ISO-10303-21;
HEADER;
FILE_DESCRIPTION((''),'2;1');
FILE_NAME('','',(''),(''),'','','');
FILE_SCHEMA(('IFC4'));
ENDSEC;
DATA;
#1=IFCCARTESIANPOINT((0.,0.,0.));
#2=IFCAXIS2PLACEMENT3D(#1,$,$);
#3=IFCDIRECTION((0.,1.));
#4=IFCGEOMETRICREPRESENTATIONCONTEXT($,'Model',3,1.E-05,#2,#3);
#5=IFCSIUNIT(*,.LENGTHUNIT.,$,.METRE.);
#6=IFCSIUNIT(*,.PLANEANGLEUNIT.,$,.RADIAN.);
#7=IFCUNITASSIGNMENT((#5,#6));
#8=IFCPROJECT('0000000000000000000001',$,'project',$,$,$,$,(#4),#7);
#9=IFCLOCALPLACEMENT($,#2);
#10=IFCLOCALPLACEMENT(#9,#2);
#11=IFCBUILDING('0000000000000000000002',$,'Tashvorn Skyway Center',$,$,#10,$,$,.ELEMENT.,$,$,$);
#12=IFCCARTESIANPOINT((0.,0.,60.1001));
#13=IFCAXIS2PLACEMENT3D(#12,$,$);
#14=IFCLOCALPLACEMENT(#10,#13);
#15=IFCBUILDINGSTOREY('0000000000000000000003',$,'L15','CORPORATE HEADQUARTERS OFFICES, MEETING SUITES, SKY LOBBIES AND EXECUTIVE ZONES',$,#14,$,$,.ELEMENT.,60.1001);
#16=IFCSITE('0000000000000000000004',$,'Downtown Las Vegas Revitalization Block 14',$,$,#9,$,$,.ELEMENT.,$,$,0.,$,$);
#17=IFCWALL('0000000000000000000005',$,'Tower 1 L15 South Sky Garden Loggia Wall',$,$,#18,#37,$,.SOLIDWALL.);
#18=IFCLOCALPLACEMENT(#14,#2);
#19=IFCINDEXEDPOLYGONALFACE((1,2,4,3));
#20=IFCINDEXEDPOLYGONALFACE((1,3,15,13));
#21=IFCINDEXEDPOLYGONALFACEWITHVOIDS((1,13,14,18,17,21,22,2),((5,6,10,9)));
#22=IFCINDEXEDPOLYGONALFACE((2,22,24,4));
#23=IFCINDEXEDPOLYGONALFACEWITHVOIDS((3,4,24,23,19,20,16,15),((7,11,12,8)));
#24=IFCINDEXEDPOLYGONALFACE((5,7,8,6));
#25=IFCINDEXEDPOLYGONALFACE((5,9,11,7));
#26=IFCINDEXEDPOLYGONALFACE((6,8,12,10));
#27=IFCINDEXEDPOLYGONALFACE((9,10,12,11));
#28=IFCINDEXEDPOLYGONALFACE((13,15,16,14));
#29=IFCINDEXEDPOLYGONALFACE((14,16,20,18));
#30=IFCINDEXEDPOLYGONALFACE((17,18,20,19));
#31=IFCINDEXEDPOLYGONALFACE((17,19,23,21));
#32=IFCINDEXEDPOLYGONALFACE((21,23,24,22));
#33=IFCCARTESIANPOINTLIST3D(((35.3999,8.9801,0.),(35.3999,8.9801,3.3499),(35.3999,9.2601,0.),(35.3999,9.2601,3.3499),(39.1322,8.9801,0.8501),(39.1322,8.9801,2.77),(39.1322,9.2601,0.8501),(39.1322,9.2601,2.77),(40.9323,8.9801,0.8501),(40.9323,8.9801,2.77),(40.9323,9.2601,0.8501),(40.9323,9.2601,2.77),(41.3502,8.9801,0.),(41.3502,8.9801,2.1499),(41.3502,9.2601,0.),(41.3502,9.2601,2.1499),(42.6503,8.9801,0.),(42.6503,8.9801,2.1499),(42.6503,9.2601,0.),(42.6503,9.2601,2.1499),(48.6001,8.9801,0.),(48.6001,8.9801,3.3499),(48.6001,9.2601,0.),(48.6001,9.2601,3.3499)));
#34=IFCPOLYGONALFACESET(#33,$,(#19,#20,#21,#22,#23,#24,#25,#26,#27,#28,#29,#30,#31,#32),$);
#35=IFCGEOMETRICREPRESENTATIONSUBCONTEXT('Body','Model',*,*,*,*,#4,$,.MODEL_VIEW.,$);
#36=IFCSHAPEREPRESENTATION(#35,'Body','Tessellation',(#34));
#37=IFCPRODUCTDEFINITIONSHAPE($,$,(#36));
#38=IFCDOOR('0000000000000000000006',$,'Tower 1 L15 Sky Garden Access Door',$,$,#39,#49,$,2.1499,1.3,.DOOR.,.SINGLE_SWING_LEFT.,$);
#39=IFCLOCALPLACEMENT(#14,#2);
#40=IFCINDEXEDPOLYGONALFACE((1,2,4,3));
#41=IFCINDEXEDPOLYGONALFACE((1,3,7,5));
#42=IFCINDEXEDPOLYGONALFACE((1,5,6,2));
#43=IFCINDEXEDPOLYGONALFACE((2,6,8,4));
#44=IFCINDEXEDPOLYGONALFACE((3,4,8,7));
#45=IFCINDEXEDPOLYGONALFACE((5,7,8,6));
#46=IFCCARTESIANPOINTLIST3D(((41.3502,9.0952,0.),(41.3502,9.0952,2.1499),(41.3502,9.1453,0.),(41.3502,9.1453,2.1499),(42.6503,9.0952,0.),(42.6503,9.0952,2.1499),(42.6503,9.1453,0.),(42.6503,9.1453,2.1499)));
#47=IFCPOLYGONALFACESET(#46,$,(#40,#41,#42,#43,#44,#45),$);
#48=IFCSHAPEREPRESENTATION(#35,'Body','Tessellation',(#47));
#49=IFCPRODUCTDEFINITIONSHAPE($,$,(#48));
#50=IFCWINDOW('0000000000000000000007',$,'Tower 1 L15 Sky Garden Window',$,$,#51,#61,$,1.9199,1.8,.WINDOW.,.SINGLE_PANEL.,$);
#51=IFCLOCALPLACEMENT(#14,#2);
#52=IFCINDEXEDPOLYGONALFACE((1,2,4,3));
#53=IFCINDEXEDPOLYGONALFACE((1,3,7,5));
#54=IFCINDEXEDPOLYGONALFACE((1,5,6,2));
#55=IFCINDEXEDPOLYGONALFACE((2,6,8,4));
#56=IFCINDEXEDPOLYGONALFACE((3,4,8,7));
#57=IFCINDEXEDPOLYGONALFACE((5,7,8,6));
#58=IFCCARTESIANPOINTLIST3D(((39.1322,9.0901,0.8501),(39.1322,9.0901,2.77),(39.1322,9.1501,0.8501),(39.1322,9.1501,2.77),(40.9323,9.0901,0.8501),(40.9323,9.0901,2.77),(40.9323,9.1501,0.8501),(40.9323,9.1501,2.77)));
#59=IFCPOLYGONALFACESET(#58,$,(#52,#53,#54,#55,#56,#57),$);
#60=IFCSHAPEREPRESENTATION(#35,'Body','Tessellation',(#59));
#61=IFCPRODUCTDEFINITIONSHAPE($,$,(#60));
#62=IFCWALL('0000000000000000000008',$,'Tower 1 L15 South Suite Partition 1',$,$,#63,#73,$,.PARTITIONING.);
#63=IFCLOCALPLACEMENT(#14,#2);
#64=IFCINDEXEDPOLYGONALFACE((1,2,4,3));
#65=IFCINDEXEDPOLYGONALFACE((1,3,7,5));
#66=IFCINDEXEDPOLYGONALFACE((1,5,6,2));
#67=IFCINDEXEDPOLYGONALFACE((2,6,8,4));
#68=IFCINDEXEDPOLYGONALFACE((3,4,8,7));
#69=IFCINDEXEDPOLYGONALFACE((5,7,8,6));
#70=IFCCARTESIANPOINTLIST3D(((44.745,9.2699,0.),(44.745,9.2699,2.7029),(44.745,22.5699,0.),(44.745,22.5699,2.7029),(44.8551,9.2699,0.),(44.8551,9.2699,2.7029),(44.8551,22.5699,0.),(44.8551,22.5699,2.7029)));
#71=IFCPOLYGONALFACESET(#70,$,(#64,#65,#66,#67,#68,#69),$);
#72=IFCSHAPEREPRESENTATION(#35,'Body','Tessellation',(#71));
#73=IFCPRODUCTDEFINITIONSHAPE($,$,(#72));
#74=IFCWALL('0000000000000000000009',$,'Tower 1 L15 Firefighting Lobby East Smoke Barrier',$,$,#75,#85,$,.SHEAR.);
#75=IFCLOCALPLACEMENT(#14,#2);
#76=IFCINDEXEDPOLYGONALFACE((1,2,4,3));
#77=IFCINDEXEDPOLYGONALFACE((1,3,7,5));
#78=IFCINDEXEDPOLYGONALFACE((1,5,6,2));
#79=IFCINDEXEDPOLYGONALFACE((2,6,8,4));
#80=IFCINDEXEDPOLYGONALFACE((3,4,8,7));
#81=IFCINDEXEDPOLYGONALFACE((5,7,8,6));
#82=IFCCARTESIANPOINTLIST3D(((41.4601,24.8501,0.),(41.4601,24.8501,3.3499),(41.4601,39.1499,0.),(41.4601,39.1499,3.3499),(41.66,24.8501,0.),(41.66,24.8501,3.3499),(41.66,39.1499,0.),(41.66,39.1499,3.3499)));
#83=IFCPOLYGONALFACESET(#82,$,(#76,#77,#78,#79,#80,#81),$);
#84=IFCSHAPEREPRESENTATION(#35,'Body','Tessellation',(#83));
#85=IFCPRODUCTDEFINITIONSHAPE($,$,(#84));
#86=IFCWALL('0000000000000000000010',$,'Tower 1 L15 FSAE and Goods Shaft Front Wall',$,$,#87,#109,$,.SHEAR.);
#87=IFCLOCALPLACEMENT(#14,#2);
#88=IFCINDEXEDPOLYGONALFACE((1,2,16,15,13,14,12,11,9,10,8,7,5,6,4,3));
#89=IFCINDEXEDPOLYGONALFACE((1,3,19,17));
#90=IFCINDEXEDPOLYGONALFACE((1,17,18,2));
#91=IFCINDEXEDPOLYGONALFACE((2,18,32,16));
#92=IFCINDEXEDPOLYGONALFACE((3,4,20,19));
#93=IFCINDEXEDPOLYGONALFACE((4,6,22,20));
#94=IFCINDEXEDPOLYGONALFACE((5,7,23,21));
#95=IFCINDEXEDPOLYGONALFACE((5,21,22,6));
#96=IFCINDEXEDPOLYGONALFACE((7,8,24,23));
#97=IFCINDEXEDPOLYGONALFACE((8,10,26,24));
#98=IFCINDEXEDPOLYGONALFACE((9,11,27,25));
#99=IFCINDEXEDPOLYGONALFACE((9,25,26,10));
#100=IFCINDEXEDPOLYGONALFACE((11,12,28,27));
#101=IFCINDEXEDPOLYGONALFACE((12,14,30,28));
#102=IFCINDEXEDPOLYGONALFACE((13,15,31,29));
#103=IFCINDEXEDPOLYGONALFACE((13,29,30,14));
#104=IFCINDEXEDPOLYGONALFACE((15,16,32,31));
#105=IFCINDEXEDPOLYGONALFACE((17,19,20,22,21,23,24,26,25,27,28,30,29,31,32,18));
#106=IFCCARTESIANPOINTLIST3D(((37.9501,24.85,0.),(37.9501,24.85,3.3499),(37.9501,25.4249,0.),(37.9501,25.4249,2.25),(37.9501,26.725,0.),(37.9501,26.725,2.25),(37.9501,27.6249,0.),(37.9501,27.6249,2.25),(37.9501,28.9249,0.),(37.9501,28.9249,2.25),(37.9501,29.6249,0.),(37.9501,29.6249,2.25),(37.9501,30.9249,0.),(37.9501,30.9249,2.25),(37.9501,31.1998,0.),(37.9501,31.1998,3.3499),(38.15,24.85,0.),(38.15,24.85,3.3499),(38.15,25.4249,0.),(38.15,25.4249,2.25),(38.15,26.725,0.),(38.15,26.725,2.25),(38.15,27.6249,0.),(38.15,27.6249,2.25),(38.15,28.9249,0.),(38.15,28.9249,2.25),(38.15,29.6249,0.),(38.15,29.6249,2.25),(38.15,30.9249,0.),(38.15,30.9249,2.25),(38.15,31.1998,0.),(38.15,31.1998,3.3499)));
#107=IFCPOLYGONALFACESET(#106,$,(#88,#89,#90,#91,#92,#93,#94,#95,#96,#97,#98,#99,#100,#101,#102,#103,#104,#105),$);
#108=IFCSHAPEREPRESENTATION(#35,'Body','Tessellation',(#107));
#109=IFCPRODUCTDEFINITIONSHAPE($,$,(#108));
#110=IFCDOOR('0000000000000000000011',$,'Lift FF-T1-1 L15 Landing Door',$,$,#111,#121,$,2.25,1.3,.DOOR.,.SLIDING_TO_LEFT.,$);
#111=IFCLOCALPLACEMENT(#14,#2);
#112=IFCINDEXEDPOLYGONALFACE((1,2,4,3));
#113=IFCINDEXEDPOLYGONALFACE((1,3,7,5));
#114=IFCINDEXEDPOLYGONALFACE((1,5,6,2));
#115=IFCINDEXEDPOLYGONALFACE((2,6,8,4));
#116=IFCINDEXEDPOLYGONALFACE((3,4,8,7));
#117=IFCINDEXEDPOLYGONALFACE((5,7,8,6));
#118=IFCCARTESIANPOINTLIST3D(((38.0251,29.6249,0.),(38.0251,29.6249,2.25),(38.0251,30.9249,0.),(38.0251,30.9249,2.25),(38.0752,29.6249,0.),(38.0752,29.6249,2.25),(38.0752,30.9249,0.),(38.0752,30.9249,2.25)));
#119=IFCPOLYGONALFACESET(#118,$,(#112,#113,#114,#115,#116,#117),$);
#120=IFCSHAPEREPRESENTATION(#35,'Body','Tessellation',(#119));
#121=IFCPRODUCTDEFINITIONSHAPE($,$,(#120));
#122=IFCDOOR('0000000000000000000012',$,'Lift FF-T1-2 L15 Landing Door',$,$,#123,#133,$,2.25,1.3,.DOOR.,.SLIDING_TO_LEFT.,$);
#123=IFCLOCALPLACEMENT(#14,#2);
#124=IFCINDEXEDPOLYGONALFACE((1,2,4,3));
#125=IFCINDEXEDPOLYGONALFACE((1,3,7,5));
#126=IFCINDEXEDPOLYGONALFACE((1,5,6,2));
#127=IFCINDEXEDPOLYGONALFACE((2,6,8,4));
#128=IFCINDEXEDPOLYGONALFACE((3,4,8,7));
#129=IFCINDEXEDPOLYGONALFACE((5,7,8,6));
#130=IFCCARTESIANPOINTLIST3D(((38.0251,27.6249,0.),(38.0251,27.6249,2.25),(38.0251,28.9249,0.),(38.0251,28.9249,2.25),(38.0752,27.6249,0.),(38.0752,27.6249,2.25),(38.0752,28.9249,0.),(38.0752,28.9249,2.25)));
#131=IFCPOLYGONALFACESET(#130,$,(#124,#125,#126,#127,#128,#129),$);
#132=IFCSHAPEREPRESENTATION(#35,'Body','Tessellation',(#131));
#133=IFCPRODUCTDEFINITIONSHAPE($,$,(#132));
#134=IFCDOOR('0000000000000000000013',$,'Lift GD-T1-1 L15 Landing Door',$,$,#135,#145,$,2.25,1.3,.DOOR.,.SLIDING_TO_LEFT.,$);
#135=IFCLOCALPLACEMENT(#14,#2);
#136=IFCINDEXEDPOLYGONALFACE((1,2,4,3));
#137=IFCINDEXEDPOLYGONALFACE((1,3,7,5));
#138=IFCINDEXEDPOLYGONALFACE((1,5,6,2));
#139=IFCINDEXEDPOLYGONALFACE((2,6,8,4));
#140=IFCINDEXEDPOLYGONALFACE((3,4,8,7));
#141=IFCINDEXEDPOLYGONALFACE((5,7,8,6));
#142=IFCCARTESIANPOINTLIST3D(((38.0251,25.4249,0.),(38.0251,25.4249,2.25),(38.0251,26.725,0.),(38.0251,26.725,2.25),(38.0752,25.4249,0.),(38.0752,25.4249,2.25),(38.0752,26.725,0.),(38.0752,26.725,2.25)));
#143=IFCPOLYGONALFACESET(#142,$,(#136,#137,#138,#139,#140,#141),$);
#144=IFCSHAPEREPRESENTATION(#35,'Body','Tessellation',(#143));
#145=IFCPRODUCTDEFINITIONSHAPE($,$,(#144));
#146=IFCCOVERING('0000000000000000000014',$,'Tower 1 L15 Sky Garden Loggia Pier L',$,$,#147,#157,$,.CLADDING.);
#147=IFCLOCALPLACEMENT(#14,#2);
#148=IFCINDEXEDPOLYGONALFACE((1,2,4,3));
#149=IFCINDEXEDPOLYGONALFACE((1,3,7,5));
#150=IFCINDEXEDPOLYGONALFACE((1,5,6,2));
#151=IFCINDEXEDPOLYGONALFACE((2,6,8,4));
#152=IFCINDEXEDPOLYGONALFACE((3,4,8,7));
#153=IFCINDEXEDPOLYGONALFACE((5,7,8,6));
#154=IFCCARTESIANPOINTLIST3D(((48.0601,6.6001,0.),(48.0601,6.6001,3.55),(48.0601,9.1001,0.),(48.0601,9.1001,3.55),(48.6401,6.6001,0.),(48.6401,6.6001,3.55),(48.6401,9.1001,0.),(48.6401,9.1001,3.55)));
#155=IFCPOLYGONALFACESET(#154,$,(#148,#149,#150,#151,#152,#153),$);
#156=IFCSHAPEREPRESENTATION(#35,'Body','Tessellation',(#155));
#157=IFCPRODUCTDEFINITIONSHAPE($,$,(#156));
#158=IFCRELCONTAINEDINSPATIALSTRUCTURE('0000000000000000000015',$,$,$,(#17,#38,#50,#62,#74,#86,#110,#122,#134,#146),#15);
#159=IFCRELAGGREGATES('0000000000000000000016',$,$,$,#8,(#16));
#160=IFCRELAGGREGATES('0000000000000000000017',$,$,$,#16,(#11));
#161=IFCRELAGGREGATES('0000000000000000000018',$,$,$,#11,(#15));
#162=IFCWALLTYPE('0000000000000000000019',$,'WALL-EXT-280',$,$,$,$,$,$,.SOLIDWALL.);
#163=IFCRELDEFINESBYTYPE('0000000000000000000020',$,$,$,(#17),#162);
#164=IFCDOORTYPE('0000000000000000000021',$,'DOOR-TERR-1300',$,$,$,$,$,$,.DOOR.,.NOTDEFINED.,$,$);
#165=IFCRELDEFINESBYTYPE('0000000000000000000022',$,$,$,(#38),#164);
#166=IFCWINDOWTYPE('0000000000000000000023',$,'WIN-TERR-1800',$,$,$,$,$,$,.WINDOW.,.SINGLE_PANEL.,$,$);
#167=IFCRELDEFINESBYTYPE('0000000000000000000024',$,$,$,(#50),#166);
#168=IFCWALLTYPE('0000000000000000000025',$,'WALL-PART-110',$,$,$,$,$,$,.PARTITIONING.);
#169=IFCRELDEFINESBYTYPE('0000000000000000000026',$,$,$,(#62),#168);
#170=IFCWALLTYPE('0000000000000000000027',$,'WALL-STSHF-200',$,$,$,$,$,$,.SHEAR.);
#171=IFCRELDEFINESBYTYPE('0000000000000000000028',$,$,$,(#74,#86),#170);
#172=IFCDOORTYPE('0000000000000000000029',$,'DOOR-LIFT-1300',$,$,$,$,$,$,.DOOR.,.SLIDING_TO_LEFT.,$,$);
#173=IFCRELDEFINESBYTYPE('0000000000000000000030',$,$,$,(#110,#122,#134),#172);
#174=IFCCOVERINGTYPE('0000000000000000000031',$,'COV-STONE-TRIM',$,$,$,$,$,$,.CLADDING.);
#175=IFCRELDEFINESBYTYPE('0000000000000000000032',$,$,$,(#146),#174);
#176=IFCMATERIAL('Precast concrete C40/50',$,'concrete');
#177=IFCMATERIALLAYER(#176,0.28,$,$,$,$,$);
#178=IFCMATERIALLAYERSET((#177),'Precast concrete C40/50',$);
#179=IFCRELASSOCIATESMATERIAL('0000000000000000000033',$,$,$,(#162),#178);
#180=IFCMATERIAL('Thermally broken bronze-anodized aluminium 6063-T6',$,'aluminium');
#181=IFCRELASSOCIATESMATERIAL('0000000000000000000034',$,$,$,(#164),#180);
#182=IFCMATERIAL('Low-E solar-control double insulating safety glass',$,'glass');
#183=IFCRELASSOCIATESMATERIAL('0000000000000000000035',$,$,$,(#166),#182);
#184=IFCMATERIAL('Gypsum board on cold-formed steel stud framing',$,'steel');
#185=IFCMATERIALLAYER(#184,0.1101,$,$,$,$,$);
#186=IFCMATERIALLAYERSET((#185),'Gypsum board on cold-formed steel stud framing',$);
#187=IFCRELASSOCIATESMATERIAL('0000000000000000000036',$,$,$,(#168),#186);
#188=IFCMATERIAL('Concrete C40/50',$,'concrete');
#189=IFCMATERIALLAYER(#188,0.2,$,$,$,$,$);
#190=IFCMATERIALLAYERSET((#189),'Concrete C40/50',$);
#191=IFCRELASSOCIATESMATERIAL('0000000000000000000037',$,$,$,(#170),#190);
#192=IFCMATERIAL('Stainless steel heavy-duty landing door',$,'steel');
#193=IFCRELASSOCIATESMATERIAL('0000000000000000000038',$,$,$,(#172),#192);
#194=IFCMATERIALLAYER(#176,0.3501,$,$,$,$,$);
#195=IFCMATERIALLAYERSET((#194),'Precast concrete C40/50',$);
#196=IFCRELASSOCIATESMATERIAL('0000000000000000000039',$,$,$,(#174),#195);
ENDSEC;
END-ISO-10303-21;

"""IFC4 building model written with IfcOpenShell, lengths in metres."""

from ifc_helpers import new_model, si_unit, direction, frame, frame_2d, origin, origin_2d, place, context, subcontext, project, spatial, rectangle, extrude, material, layer, layer_set, type_object, element, fill, save


model = new_model("IFC4")

# Units and contexts
model_context = context("Model", 3, precision=1e-05, world=origin(), true_north=direction((0.0, 1.0)))
body_context = subcontext(model_context, "Body", "Model", "MODEL_VIEW")
ifc_project = project(units=[si_unit("LENGTHUNIT", "METRE"), si_unit("PLANEANGLEUNIT", "RADIAN")], contexts=[model_context])

# Site, building, storey
site_placement = place(None, origin())
site = spatial("IfcSite", under=ifc_project, at=site_placement, Name="Downtown Las Vegas Revitalization Block 14", CompositionType="ELEMENT", RefElevation=0.0)
building_placement = place(site_placement, origin())
building = spatial("IfcBuilding", under=site, at=building_placement, Name="Tashvorn Skyway Center", CompositionType="ELEMENT")
storey_placement = place(building_placement, frame((0.0, 0.0, 60.1001)))
storey = spatial("IfcBuildingStorey", under=building, at=storey_placement, Name="L15", Description="CORPORATE HEADQUARTERS OFFICES, MEETING SUITES, SKY LOBBIES AND EXECUTIVE ZONES", CompositionType="ELEMENT", Elevation=60.1001)

# Shared definitions
ifc_material_1 = material(Name="Thermally broken bronze-anodized aluminium 6063-T6", Category="aluminium")

# Wall, openings, door, window
ifc_material_2 = material(Name="Precast concrete C40/50", Category="concrete")
ifc_layer_1 = layer(ifc_material_2, 0.28)
ifc_layer_set_1 = layer_set([ifc_layer_1], Name="Precast concrete C40/50")
wall_type_1 = type_object("IfcWallType", Name="WALL-EXT-280", PredefinedType="SOLIDWALL", material=ifc_layer_set_1)
wall_1_placement = place(storey_placement, frame((48.6001, 9.1201, 0.0), z_axis=(0.0, 0.0, 1.0), x_axis=(-1.0, 0.0, 0.0)))
wall_1 = element("IfcWall", 1, at=wall_1_placement, inside=storey, type_object=wall_type_1, Name="Tower 1 L15 South Sky Garden Loggia Wall", PredefinedType="SOLIDWALL", context=body_context, shape_type="SweptSolid", body=[
    extrude(rectangle(XDim=13.2002, YDim=0.28, at=frame_2d((6.6001, 0.0))), origin(), (0.0, 0.0, 1.0), 3.3499),
])
opening_1_placement = place(wall_1_placement, frame((5.95, 0.0, 0.0)))
opening_1 = element("IfcOpeningElement", 2, at=opening_1_placement, cuts=wall_1, PredefinedType="OPENING", context=body_context, shape_type="SweptSolid", body=[
    extrude(rectangle(XDim=1.3, YDim=2.1499, at=frame_2d((0.6499, 1.075))), frame((0.0, 0.1499, 0.0), z_axis=(0.0, -1.0, 0.0), x_axis=(1.0, 0.0, 0.0)), (0.0, 0.0, 1.0), 0.3),
])
opening_2_placement = place(wall_1_placement, frame((7.668, 0.0, 0.8501)))
opening_2 = element("IfcOpeningElement", 3, at=opening_2_placement, cuts=wall_1, PredefinedType="OPENING", context=body_context, shape_type="SweptSolid", body=[
    extrude(rectangle(XDim=1.8, YDim=1.9199, at=frame_2d((0.8999, 0.96))), frame((0.0, 0.1499, 0.0), z_axis=(0.0, -1.0, 0.0), x_axis=(1.0, 0.0, 0.0)), (0.0, 0.0, 1.0), 0.3),
])
door_type_1 = type_object("IfcDoorType", Name="DOOR-TERR-1300", OperationType="NOTDEFINED", PredefinedType="DOOR", material=ifc_material_1)
door_1_placement = place(opening_1_placement, origin())
door_1 = element("IfcDoor", 4, at=door_1_placement, inside=storey, type_object=door_type_1, Name="Tower 1 L15 Sky Garden Access Door", OperationType="SINGLE_SWING_LEFT", OverallHeight=2.1499, OverallWidth=1.3, PredefinedType="DOOR", context=body_context, shape_type="SweptSolid", body=[
    extrude(rectangle(XDim=1.3, YDim=2.1499, at=frame_2d((0.6499, 1.075))), frame((0.0, 0.0249, 0.0), z_axis=(0.0, -1.0, 0.0), x_axis=(1.0, 0.0, 0.0)), (0.0, 0.0, 1.0), 0.05),
])
fill(opening_1, door_1)
ifc_material_3 = material(Name="Low-E solar-control double insulating safety glass", Category="glass")
window_type = type_object("IfcWindowType", Name="WIN-TERR-1800", PartitioningType="SINGLE_PANEL", PredefinedType="WINDOW", material=ifc_material_3)
window_placement = place(opening_2_placement, origin())
window = element("IfcWindow", 5, at=window_placement, inside=storey, type_object=window_type, Name="Tower 1 L15 Sky Garden Window", OverallHeight=1.9199, OverallWidth=1.8, PartitioningType="SINGLE_PANEL", PredefinedType="WINDOW", context=body_context, shape_type="SweptSolid", body=[
    extrude(rectangle(XDim=1.8, YDim=1.9199, at=frame_2d((0.8999, 0.96))), frame((0.0, 0.03, 0.0), z_axis=(0.0, -1.0, 0.0), x_axis=(1.0, 0.0, 0.0)), (0.0, 0.0, 1.0), 0.0601),
])
fill(opening_2, window)

# Walls
ifc_material_4 = material(Name="Gypsum board on cold-formed steel stud framing", Category="steel")
ifc_layer_2 = layer(ifc_material_4, 0.1101)
ifc_layer_set_2 = layer_set([ifc_layer_2], Name="Gypsum board on cold-formed steel stud framing")
wall_type_2 = type_object("IfcWallType", Name="WALL-PART-110", PredefinedType="PARTITIONING", material=ifc_layer_set_2)
wall_2_placement = place(storey_placement, frame((44.8, 9.27, 0.0), z_axis=(0.0, 0.0, 1.0), x_axis=(0.0, 1.0, 0.0)))
element("IfcWall", 6, at=wall_2_placement, inside=storey, type_object=wall_type_2, Name="Tower 1 L15 South Suite Partition 1", PredefinedType="PARTITIONING", context=body_context, shape_type="SweptSolid", body=[
    extrude(rectangle(XDim=13.3, YDim=0.1101, at=frame_2d((6.6499, 0.0))), origin(), (0.0, 0.0, 1.0), 2.7029),
])
ifc_material_5 = material(Name="Concrete C40/50", Category="concrete")
ifc_layer_3 = layer(ifc_material_5, 0.2)
ifc_layer_set_3 = layer_set([ifc_layer_3], Name="Concrete C40/50")
wall_type_3 = type_object("IfcWallType", Name="WALL-STSHF-200", PredefinedType="SHEAR", material=ifc_layer_set_3)
wall_3_placement = place(storey_placement, frame((41.5601, 24.8501, 0.0), z_axis=(0.0, 0.0, 1.0), x_axis=(0.0, 1.0, 0.0)))
element("IfcWall", 7, at=wall_3_placement, inside=storey, type_object=wall_type_3, Name="Tower 1 L15 Firefighting Lobby East Smoke Barrier", PredefinedType="SHEAR", context=body_context, shape_type="SweptSolid", body=[
    extrude(rectangle(XDim=14.2998, YDim=0.2, at=frame_2d((7.1499, 0.0))), origin(), (0.0, 0.0, 1.0), 3.3499),
])

# Wall, openings, doors
wall_4_placement = place(storey_placement, frame((38.05, 24.8501, 0.0), z_axis=(0.0, 0.0, 1.0), x_axis=(0.0, 1.0, 0.0)))
wall_4 = element("IfcWall", 8, at=wall_4_placement, inside=storey, type_object=wall_type_3, Name="Tower 1 L15 FSAE and Goods Shaft Front Wall", PredefinedType="SHEAR", context=body_context, shape_type="SweptSolid", body=[
    extrude(rectangle(XDim=6.3499, YDim=0.2, at=frame_2d((3.1748, 0.0))), origin(), (0.0, 0.0, 1.0), 3.3499),
])
opening_3_placement = place(wall_4_placement, frame((4.7749, 0.0, 0.0)))
opening_3 = element("IfcOpeningElement", 9, at=opening_3_placement, cuts=wall_4, PredefinedType="OPENING", context=body_context, shape_type="SweptSolid", body=[
    extrude(rectangle(XDim=1.3, YDim=2.25, at=frame_2d((0.6499, 1.125))), frame((0.0, 0.1099, 0.0), z_axis=(0.0, -1.0, 0.0), x_axis=(1.0, 0.0, 0.0)), (0.0, 0.0, 1.0), 0.22),
])
opening_4_placement = place(wall_4_placement, frame((2.7749, 0.0, 0.0)))
opening_4 = element("IfcOpeningElement", 10, at=opening_4_placement, cuts=wall_4, PredefinedType="OPENING", context=body_context, shape_type="SweptSolid", body=[
    extrude(rectangle(XDim=1.3, YDim=2.25, at=frame_2d((0.6499, 1.125))), frame((0.0, 0.1099, 0.0), z_axis=(0.0, -1.0, 0.0), x_axis=(1.0, 0.0, 0.0)), (0.0, 0.0, 1.0), 0.22),
])
opening_5_placement = place(wall_4_placement, frame((0.575, 0.0, 0.0)))
opening_5 = element("IfcOpeningElement", 11, at=opening_5_placement, cuts=wall_4, PredefinedType="OPENING", context=body_context, shape_type="SweptSolid", body=[
    extrude(rectangle(XDim=1.3, YDim=2.25, at=frame_2d((0.6499, 1.125))), frame((0.0, 0.1099, 0.0), z_axis=(0.0, -1.0, 0.0), x_axis=(1.0, 0.0, 0.0)), (0.0, 0.0, 1.0), 0.22),
])
ifc_material_6 = material(Name="Stainless steel heavy-duty landing door", Category="steel")
door_type_2 = type_object("IfcDoorType", Name="DOOR-LIFT-1300", OperationType="SLIDING_TO_LEFT", PredefinedType="DOOR", material=ifc_material_6)
door_2_placement = place(opening_3_placement, origin())
door_2 = element("IfcDoor", 12, at=door_2_placement, inside=storey, type_object=door_type_2, Name="Lift FF-T1-1 L15 Landing Door", OperationType="SLIDING_TO_LEFT", OverallHeight=2.25, OverallWidth=1.3, PredefinedType="DOOR", context=body_context, shape_type="SweptSolid", body=[
    extrude(rectangle(XDim=1.3, YDim=2.25, at=frame_2d((0.6499, 1.125))), frame((0.0, 0.0249, 0.0), z_axis=(0.0, -1.0, 0.0), x_axis=(1.0, 0.0, 0.0)), (0.0, 0.0, 1.0), 0.05),
])
fill(opening_3, door_2)
door_3_placement = place(opening_4_placement, origin())
door_3 = element("IfcDoor", 13, at=door_3_placement, inside=storey, type_object=door_type_2, Name="Lift FF-T1-2 L15 Landing Door", OperationType="SLIDING_TO_LEFT", OverallHeight=2.25, OverallWidth=1.3, PredefinedType="DOOR", context=body_context, shape_type="SweptSolid", body=[
    extrude(rectangle(XDim=1.3, YDim=2.25, at=frame_2d((0.6499, 1.125))), frame((0.0, 0.0249, 0.0), z_axis=(0.0, -1.0, 0.0), x_axis=(1.0, 0.0, 0.0)), (0.0, 0.0, 1.0), 0.05),
])
fill(opening_4, door_3)
door_4_placement = place(opening_5_placement, origin())
door_4 = element("IfcDoor", 14, at=door_4_placement, inside=storey, type_object=door_type_2, Name="Lift GD-T1-1 L15 Landing Door", OperationType="SLIDING_TO_LEFT", OverallHeight=2.25, OverallWidth=1.3, PredefinedType="DOOR", context=body_context, shape_type="SweptSolid", body=[
    extrude(rectangle(XDim=1.3, YDim=2.25, at=frame_2d((0.6499, 1.125))), frame((0.0, 0.0249, 0.0), z_axis=(0.0, -1.0, 0.0), x_axis=(1.0, 0.0, 0.0)), (0.0, 0.0, 1.0), 0.05),
])
fill(opening_5, door_4)

# Covering
ifc_layer_4 = layer(ifc_material_2, 0.3501)
ifc_layer_set_4 = layer_set([ifc_layer_4], Name="Precast concrete C40/50")
covering_type = type_object("IfcCoveringType", Name="COV-STONE-TRIM", PredefinedType="CLADDING", material=ifc_layer_set_4)
covering_1_placement = place(storey_placement, frame((48.3501, 7.8501, 0.0), z_axis=(0.0, 0.0, 1.0), x_axis=(-1.0, 0.0, 0.0)))
element("IfcCovering", 15, at=covering_1_placement, inside=storey, type_object=covering_type, Name="Tower 1 L15 Sky Garden Loggia Pier L", PredefinedType="CLADDING", context=body_context, shape_type="SweptSolid", body=[
    extrude(rectangle(XDim=0.5801, YDim=2.5, at=origin_2d()), origin(), (0.0, 0.0, 1.0), 3.55),
])

save(model, "model.ifc")
